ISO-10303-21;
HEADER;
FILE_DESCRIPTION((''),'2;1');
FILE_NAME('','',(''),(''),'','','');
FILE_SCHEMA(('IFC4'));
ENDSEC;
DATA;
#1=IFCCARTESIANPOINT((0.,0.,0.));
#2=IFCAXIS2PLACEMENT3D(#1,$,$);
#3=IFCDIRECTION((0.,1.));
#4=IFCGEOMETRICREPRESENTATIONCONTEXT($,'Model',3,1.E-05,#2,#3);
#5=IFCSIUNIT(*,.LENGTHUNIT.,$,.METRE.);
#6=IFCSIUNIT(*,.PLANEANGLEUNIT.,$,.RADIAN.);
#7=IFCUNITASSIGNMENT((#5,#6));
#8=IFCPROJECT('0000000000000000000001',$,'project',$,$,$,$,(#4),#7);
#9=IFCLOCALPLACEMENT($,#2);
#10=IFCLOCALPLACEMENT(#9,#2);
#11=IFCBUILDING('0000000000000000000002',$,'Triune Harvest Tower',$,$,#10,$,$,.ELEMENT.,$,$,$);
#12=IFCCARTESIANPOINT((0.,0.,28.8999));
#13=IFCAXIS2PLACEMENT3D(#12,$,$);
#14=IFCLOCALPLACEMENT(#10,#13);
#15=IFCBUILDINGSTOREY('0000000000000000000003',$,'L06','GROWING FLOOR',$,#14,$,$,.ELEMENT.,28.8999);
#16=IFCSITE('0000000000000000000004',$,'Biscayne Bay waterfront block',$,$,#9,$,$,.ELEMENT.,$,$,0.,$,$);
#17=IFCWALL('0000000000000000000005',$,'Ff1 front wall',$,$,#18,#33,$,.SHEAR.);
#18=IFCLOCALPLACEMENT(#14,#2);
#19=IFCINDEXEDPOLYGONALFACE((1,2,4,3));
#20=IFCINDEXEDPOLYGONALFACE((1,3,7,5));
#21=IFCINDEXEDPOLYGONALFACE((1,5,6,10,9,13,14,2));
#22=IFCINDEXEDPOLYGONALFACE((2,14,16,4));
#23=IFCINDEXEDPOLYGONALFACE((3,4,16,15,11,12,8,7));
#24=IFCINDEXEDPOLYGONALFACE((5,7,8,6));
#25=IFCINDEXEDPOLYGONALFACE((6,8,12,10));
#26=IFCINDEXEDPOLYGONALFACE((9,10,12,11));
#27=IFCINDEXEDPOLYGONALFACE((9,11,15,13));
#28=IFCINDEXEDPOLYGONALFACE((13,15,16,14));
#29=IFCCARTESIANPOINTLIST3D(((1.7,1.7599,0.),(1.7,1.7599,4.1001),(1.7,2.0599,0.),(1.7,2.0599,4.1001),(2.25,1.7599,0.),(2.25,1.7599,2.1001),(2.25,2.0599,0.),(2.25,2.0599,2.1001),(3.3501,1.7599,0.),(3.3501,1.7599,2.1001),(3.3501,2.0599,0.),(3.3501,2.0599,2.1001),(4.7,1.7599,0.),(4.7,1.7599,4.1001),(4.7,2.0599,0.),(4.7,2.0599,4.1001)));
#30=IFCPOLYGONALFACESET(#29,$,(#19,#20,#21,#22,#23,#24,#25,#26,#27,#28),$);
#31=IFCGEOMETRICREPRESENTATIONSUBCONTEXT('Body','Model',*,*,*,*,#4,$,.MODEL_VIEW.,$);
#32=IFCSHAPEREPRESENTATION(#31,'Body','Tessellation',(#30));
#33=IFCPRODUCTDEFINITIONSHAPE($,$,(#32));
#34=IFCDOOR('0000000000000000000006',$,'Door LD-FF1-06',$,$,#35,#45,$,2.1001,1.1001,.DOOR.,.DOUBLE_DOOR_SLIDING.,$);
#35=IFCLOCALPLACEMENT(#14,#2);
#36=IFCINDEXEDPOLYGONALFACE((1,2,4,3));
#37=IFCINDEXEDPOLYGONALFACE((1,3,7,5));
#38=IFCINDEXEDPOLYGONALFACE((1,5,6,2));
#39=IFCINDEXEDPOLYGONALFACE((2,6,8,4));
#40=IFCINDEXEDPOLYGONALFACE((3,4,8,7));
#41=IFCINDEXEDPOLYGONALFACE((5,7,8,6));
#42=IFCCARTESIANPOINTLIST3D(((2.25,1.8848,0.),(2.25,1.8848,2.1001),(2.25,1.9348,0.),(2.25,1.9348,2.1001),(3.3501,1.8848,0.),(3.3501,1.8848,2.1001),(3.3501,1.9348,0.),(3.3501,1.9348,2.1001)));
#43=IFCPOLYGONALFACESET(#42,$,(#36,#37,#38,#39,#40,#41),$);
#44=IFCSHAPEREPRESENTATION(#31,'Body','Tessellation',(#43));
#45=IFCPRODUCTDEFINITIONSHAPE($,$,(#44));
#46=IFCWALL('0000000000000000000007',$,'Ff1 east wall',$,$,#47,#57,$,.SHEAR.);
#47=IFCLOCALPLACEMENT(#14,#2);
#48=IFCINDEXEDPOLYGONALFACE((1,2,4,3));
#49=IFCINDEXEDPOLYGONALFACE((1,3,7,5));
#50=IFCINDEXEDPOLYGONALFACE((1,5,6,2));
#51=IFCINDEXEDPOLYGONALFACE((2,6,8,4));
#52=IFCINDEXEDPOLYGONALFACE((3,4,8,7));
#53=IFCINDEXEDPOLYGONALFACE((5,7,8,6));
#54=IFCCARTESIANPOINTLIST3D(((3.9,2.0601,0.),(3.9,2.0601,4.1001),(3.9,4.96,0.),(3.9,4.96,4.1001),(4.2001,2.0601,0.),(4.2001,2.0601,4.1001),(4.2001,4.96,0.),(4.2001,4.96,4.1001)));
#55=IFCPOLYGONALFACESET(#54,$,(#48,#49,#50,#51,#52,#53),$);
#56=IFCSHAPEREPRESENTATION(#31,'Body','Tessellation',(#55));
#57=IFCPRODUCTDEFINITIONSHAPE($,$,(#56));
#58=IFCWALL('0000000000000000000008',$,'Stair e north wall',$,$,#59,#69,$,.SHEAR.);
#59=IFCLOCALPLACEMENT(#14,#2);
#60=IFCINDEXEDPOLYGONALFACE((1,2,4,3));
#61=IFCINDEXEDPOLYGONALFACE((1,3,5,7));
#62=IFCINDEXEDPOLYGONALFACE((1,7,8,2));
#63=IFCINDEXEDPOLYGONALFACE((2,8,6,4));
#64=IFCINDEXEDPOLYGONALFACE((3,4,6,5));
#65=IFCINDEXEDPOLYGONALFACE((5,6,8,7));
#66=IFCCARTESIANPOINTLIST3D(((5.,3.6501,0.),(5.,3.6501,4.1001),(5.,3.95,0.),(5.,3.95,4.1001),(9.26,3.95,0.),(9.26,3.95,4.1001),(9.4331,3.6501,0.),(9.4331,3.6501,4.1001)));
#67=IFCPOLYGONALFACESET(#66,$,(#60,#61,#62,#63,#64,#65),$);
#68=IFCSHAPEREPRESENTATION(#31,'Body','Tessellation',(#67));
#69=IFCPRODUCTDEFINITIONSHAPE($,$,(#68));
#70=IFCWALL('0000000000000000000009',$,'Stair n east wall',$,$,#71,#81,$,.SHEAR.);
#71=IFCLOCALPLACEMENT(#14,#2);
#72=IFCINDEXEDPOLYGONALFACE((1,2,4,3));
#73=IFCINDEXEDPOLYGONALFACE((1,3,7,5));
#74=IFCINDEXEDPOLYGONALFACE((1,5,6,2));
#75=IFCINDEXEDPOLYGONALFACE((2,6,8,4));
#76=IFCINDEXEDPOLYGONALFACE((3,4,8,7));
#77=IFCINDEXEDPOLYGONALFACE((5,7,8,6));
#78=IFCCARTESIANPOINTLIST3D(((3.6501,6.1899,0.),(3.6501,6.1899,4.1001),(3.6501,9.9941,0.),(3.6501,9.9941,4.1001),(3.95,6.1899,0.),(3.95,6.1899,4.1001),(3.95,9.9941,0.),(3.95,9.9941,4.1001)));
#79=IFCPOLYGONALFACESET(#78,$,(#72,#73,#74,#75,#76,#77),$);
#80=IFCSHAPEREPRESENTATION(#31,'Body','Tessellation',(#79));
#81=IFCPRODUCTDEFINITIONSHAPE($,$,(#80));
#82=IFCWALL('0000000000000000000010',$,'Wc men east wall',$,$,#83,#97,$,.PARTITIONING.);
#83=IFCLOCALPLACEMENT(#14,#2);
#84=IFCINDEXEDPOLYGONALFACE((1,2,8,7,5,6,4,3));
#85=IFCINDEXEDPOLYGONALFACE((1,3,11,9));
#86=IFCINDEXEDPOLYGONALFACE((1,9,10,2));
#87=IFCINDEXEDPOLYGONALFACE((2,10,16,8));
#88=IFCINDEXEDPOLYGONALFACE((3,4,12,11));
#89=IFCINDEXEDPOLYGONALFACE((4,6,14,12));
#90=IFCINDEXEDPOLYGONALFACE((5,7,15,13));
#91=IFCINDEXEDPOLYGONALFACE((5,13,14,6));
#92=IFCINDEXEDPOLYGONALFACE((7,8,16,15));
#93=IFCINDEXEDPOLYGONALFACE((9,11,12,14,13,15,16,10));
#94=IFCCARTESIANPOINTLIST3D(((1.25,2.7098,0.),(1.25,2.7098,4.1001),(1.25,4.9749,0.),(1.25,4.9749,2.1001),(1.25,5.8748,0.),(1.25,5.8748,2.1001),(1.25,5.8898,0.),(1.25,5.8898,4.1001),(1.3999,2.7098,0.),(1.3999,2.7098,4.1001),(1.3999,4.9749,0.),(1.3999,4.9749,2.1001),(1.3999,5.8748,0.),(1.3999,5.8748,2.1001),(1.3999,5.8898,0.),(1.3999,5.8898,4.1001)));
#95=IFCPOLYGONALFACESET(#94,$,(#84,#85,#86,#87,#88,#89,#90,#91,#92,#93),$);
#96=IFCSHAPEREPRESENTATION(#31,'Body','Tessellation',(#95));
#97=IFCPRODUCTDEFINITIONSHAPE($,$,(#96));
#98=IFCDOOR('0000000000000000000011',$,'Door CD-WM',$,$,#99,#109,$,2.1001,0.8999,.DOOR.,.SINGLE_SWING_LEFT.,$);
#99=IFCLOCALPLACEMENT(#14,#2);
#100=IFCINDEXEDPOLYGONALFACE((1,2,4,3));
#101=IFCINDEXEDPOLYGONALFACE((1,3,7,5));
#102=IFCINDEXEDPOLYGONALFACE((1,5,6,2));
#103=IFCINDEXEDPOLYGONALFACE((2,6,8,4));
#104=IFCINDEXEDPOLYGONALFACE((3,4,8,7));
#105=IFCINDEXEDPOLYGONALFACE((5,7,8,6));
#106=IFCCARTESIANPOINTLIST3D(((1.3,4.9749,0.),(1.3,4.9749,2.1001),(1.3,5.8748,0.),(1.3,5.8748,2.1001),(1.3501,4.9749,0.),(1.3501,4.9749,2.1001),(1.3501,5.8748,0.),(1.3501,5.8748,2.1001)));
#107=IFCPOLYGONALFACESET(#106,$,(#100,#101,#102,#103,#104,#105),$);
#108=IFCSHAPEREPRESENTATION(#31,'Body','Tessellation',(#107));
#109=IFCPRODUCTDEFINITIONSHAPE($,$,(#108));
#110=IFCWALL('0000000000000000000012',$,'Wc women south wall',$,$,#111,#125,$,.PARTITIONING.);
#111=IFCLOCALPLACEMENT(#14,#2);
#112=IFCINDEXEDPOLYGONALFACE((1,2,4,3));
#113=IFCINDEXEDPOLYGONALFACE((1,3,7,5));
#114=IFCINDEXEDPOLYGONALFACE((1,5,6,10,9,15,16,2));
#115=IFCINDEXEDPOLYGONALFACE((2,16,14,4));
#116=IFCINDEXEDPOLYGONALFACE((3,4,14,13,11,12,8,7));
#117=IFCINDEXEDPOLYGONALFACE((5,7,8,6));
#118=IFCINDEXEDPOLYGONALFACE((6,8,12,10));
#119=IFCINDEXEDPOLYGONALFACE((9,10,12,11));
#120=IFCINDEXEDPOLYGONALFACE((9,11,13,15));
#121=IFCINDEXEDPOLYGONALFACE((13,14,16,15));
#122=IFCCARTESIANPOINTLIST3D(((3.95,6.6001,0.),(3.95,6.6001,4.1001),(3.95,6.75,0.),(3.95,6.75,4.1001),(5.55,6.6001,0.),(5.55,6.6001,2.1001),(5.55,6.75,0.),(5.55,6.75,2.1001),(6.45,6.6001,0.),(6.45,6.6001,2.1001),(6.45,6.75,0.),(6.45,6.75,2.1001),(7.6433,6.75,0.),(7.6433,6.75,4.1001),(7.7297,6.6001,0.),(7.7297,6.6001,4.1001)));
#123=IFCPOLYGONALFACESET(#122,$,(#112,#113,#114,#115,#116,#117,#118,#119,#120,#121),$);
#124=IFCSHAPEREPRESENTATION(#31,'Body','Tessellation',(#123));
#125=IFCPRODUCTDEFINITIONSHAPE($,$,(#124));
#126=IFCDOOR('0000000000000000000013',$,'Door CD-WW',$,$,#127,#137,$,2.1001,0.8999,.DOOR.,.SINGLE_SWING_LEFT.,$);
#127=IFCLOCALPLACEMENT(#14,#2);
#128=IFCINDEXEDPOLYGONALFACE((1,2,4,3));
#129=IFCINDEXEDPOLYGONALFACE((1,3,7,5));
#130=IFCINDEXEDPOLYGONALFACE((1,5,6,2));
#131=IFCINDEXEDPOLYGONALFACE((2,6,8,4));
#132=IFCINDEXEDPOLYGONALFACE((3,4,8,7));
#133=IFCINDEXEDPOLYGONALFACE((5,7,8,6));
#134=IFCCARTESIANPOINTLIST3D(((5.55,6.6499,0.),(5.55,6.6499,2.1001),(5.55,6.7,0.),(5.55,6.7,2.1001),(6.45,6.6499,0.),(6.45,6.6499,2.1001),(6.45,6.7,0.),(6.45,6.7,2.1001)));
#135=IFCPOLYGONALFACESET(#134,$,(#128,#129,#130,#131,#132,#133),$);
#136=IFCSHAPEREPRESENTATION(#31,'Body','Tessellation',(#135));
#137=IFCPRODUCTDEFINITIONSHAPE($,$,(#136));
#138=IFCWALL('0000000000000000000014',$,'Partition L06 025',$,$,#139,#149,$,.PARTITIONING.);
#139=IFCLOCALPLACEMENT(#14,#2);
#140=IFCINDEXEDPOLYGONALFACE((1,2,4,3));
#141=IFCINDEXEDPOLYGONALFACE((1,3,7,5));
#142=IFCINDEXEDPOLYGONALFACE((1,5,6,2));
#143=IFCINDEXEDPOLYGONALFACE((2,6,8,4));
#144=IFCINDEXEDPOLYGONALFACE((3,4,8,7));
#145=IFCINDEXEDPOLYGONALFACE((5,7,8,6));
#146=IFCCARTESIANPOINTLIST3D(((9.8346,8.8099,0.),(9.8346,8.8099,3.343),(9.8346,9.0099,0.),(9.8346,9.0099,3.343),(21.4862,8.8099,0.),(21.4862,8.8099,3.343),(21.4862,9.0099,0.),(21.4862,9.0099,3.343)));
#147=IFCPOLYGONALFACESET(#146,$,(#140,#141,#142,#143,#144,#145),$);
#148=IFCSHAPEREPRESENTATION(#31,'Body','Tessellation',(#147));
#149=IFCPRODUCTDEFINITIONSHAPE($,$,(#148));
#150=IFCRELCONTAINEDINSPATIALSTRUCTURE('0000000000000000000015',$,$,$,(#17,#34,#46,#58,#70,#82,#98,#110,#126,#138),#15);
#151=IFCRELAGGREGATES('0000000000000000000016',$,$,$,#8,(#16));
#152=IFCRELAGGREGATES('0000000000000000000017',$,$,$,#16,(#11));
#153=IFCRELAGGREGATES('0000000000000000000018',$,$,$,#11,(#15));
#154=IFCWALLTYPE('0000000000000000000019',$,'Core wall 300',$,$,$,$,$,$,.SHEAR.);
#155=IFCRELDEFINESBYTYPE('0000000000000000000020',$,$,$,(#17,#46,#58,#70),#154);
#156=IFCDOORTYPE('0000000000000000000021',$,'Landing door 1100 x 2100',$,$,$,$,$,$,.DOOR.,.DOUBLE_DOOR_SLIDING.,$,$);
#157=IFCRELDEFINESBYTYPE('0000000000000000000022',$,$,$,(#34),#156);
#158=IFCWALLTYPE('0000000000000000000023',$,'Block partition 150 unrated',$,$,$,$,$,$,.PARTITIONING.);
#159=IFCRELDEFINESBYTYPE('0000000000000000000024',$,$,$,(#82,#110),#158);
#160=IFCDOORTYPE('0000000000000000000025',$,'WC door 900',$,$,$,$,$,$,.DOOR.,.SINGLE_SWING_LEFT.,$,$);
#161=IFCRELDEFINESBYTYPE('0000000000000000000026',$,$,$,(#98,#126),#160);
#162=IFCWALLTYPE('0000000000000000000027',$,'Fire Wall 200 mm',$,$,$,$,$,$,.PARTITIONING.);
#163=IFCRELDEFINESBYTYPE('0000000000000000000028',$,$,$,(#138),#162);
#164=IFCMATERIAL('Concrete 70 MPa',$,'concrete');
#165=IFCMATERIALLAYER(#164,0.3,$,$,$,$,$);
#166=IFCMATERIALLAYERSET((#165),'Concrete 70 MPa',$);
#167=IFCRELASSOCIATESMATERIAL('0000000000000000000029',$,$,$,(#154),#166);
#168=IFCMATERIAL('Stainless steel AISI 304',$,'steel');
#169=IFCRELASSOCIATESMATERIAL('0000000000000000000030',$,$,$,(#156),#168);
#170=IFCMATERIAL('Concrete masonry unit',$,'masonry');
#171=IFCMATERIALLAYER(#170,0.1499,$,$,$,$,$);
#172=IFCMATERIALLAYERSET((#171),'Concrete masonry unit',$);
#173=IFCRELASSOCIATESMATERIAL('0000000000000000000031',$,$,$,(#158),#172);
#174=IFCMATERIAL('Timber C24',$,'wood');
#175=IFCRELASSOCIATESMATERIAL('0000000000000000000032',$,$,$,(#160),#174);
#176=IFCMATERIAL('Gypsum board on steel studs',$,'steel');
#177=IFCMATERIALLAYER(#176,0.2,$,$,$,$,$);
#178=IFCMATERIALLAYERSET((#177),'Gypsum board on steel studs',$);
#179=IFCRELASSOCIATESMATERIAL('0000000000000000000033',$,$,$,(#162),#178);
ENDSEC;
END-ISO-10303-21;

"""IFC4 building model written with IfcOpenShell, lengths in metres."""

from ifc_helpers import new_model, si_unit, direction, frame, frame_2d, origin, place, context, subcontext, project, spatial, polyline, rectangle, outline, extrude, source, transform, mapped, material, layer, layer_set, type_object, element, fill, save


model = new_model("IFC4")

# Units and contexts
model_context = context("Model", 3, precision=1e-05, world=origin(), true_north=direction((0.0, 1.0)))
body_context = subcontext(model_context, "Body", "Model", "MODEL_VIEW")
ifc_project = project(units=[si_unit("LENGTHUNIT", "METRE"), si_unit("PLANEANGLEUNIT", "RADIAN")], contexts=[model_context])

# Site, building, storey
site_placement = place(None, origin())
site = spatial("IfcSite", under=ifc_project, at=site_placement, Name="Biscayne Bay waterfront block", CompositionType="ELEMENT", RefElevation=0.0)
building_placement = place(site_placement, origin())
building = spatial("IfcBuilding", under=site, at=building_placement, Name="Triune Harvest Tower", CompositionType="ELEMENT")
storey_placement = place(building_placement, frame((0.0, 0.0, 28.8999)))
storey = spatial("IfcBuildingStorey", under=building, at=storey_placement, Name="L06", Description="GROWING FLOOR", CompositionType="ELEMENT", Elevation=28.8999)

# Shared definitions
ifc_material_1 = material(Name="Concrete 70 MPa", Category="concrete")
ifc_layer_1 = layer(ifc_material_1, 0.3)
ifc_layer_set_1 = layer_set([ifc_layer_1], Name="Concrete 70 MPa")
wall_type_1 = type_object("IfcWallType", Name="Core wall 300", PredefinedType="SHEAR", material=ifc_layer_set_1)

# Wall, opening, door
shared_shape_1 = source(origin(), body_context, "Body", "SweptSolid", [
    extrude(rectangle(XDim=3.0, YDim=0.3, at=frame_2d((1.5, 0.0))), origin(), (0.0, 0.0, 1.0), 4.1001),
])
wall_1_placement = place(storey_placement, frame((1.7, 1.9099, 0.0), z_axis=(0.0, 0.0, 1.0), x_axis=(1.0, 0.0, 0.0)))
wall_1 = element("IfcWall", 1, at=wall_1_placement, inside=storey, type_object=wall_type_1, Name="Ff1 front wall", PredefinedType="SHEAR", context=body_context, shape_type="MappedRepresentation", body=[
    mapped(shared_shape_1, transform((0.0, 0.0, 0.0), scale=1.0)),
])
opening_1_placement = place(wall_1_placement, frame((0.55, 0.0, 0.0)))
opening_1 = element("IfcOpeningElement", 2, at=opening_1_placement, cuts=wall_1, PredefinedType="OPENING", context=body_context, shape_type="SweptSolid", body=[
    extrude(rectangle(XDim=1.1001, YDim=2.1001, at=frame_2d((0.55, 1.05))), frame((0.0, 0.1602, 0.0), z_axis=(0.0, -1.0, 0.0), x_axis=(1.0, 0.0, 0.0)), (0.0, 0.0, 1.0), 0.3201),
])
ifc_material_2 = material(Name="Stainless steel AISI 304", Category="steel")
door_type_1 = type_object("IfcDoorType", Name="Landing door 1100 x 2100", OperationType="DOUBLE_DOOR_SLIDING", PredefinedType="DOOR", material=ifc_material_2)
door_1_placement = place(opening_1_placement, origin())
door_1 = element("IfcDoor", 3, at=door_1_placement, inside=storey, type_object=door_type_1, Name="Door LD-FF1-06", OperationType="DOUBLE_DOOR_SLIDING", OverallHeight=2.1001, OverallWidth=1.1001, PredefinedType="DOOR", context=body_context, shape_type="SweptSolid", body=[
    extrude(rectangle(XDim=1.1001, YDim=2.1001, at=frame_2d((0.55, 1.05))), frame((0.0, 0.0249, 0.0), z_axis=(0.0, -1.0, 0.0), x_axis=(1.0, 0.0, 0.0)), (0.0, 0.0, 1.0), 0.05),
])
fill(opening_1, door_1)

# Walls
shared_shape_2 = source(origin(), body_context, "Body", "SweptSolid", [
    extrude(rectangle(XDim=2.8999, YDim=0.3, at=frame_2d((1.45, 0.0))), origin(), (0.0, 0.0, 1.0), 4.1001),
])
wall_2_placement = place(storey_placement, frame((4.05, 2.0601, 0.0), z_axis=(0.0, 0.0, 1.0), x_axis=(0.0, 1.0, 0.0)))
element("IfcWall", 4, at=wall_2_placement, inside=storey, type_object=wall_type_1, Name="Ff1 east wall", PredefinedType="SHEAR", context=body_context, shape_type="MappedRepresentation", body=[
    mapped(shared_shape_2, transform((0.0, 0.0, 0.0), scale=1.0)),
])
shared_shape_3 = source(origin(), body_context, "Body", "SweptSolid", [
    extrude(outline(polyline([(0.0, -0.1499), (0.0, 0.1499), (4.26, 0.1499), (4.4331, -0.1499), (0.0, -0.1499)])), origin(), (0.0, 0.0, 1.0), 4.1001),
])
wall_3_placement = place(storey_placement, frame((5.0, 3.8, 0.0), z_axis=(0.0, 0.0, 1.0), x_axis=(1.0, 0.0, 0.0)))
element("IfcWall", 5, at=wall_3_placement, inside=storey, type_object=wall_type_1, Name="Stair e north wall", PredefinedType="SHEAR", context=body_context, shape_type="MappedRepresentation", body=[
    mapped(shared_shape_3, transform((0.0, 0.0, 0.0), scale=1.0)),
])
shared_shape_4 = source(origin(), body_context, "Body", "SweptSolid", [
    extrude(outline(polyline([(0.0, -0.1499), (0.0, 0.1499), (3.8042, 0.1499), (3.8042, -0.1499), (0.0, -0.1499)])), origin(), (0.0, 0.0, 1.0), 4.1001),
])
wall_4_placement = place(storey_placement, frame((3.8, 6.1899, 0.0), z_axis=(0.0, 0.0, 1.0), x_axis=(0.0, 1.0, 0.0)))
element("IfcWall", 6, at=wall_4_placement, inside=storey, type_object=wall_type_1, Name="Stair n east wall", PredefinedType="SHEAR", context=body_context, shape_type="MappedRepresentation", body=[
    mapped(shared_shape_4, transform((0.0, 0.0, 0.0), scale=1.0)),
])

# Walls, openings, doors
ifc_material_3 = material(Name="Concrete masonry unit", Category="masonry")
ifc_layer_2 = layer(ifc_material_3, 0.1499)
ifc_layer_set_2 = layer_set([ifc_layer_2], Name="Concrete masonry unit")
wall_type_2 = type_object("IfcWallType", Name="Block partition 150 unrated", PredefinedType="PARTITIONING", material=ifc_layer_set_2)
shared_shape_5 = source(origin(), body_context, "Body", "SweptSolid", [
    extrude(rectangle(XDim=3.1799, YDim=0.1499, at=frame_2d((1.5898, 0.0))), origin(), (0.0, 0.0, 1.0), 4.1001),
])
wall_5_placement = place(storey_placement, frame((1.325, 2.71, 0.0), z_axis=(0.0, 0.0, 1.0), x_axis=(0.0, 1.0, 0.0)))
wall_5 = element("IfcWall", 7, at=wall_5_placement, inside=storey, type_object=wall_type_2, Name="Wc men east wall", PredefinedType="PARTITIONING", context=body_context, shape_type="MappedRepresentation", body=[
    mapped(shared_shape_5, transform((0.0, 0.0, 0.0), scale=1.0)),
])
opening_2_placement = place(wall_5_placement, frame((2.2649, 0.0, 0.0)))
opening_2 = element("IfcOpeningElement", 8, at=opening_2_placement, cuts=wall_5, PredefinedType="OPENING", context=body_context, shape_type="SweptSolid", body=[
    extrude(rectangle(XDim=0.8999, YDim=2.1001, at=frame_2d((0.45, 1.05))), frame((0.0, 0.085, 0.0), z_axis=(0.0, -1.0, 0.0), x_axis=(1.0, 0.0, 0.0)), (0.0, 0.0, 1.0), 0.1699),
])
ifc_material_4 = material(Name="Timber C24", Category="wood")
door_type_2 = type_object("IfcDoorType", Name="WC door 900", OperationType="SINGLE_SWING_LEFT", PredefinedType="DOOR", material=ifc_material_4)
door_2_placement = place(opening_2_placement, origin())
door_2 = element("IfcDoor", 9, at=door_2_placement, inside=storey, type_object=door_type_2, Name="Door CD-WM", OperationType="SINGLE_SWING_LEFT", OverallHeight=2.1001, OverallWidth=0.8999, PredefinedType="DOOR", context=body_context, shape_type="SweptSolid", body=[
    extrude(rectangle(XDim=0.8999, YDim=2.1001, at=frame_2d((0.45, 1.05))), frame((0.0, 0.0249, 0.0), z_axis=(0.0, -1.0, 0.0), x_axis=(1.0, 0.0, 0.0)), (0.0, 0.0, 1.0), 0.05),
])
fill(opening_2, door_2)
shared_shape_6 = source(origin(), body_context, "Body", "SweptSolid", [
    extrude(outline(polyline([(0.0, -0.075), (0.0, 0.075), (3.6934, 0.075), (3.7798, -0.075), (0.0, -0.075)])), origin(), (0.0, 0.0, 1.0), 4.1001),
])
wall_6_placement = place(storey_placement, frame((3.95, 6.675, 0.0), z_axis=(0.0, 0.0, 1.0), x_axis=(1.0, 0.0, 0.0)))
wall_6 = element("IfcWall", 10, at=wall_6_placement, inside=storey, type_object=wall_type_2, Name="Wc women south wall", PredefinedType="PARTITIONING", context=body_context, shape_type="MappedRepresentation", body=[
    mapped(shared_shape_6, transform((0.0, 0.0, 0.0), scale=1.0)),
])
opening_3_placement = place(wall_6_placement, frame((1.6001, 0.0, 0.0)))
opening_3 = element("IfcOpeningElement", 11, at=opening_3_placement, cuts=wall_6, PredefinedType="OPENING", context=body_context, shape_type="SweptSolid", body=[
    extrude(rectangle(XDim=0.8999, YDim=2.1001, at=frame_2d((0.45, 1.05))), frame((0.0, 0.085, 0.0), z_axis=(0.0, -1.0, 0.0), x_axis=(1.0, 0.0, 0.0)), (0.0, 0.0, 1.0), 0.1699),
])
door_3_placement = place(opening_3_placement, origin())
door_3 = element("IfcDoor", 12, at=door_3_placement, inside=storey, type_object=door_type_2, Name="Door CD-WW", OperationType="SINGLE_SWING_LEFT", OverallHeight=2.1001, OverallWidth=0.8999, PredefinedType="DOOR", context=body_context, shape_type="SweptSolid", body=[
    extrude(rectangle(XDim=0.8999, YDim=2.1001, at=frame_2d((0.45, 1.05))), frame((0.0, 0.0249, 0.0), z_axis=(0.0, -1.0, 0.0), x_axis=(1.0, 0.0, 0.0)), (0.0, 0.0, 1.0), 0.05),
])
fill(opening_3, door_3)

# Wall
ifc_material_5 = material(Name="Gypsum board on steel studs", Category="steel")
ifc_layer_3 = layer(ifc_material_5, 0.2)
ifc_layer_set_3 = layer_set([ifc_layer_3], Name="Gypsum board on steel studs")
wall_type_3 = type_object("IfcWallType", Name="Fire Wall 200 mm", PredefinedType="PARTITIONING", material=ifc_layer_set_3)
shared_shape_7 = source(origin(), body_context, "Body", "SweptSolid", [
    extrude(rectangle(XDim=11.6516, YDim=0.2, at=frame_2d((5.8257, 0.0))), origin(), (0.0, 0.0, 1.0), 3.343),
])
wall_7_placement = place(storey_placement, frame((9.8347, 8.9099, 0.0), z_axis=(0.0, 0.0, 1.0), x_axis=(1.0, 0.0, 0.0)))
element("IfcWall", 13, at=wall_7_placement, inside=storey, type_object=wall_type_3, Name="Partition L06 025", PredefinedType="PARTITIONING", context=body_context, shape_type="MappedRepresentation", body=[
    mapped(shared_shape_7, transform((0.0, 0.0, 0.0), scale=1.0)),
])

save(model, "model.ifc")
